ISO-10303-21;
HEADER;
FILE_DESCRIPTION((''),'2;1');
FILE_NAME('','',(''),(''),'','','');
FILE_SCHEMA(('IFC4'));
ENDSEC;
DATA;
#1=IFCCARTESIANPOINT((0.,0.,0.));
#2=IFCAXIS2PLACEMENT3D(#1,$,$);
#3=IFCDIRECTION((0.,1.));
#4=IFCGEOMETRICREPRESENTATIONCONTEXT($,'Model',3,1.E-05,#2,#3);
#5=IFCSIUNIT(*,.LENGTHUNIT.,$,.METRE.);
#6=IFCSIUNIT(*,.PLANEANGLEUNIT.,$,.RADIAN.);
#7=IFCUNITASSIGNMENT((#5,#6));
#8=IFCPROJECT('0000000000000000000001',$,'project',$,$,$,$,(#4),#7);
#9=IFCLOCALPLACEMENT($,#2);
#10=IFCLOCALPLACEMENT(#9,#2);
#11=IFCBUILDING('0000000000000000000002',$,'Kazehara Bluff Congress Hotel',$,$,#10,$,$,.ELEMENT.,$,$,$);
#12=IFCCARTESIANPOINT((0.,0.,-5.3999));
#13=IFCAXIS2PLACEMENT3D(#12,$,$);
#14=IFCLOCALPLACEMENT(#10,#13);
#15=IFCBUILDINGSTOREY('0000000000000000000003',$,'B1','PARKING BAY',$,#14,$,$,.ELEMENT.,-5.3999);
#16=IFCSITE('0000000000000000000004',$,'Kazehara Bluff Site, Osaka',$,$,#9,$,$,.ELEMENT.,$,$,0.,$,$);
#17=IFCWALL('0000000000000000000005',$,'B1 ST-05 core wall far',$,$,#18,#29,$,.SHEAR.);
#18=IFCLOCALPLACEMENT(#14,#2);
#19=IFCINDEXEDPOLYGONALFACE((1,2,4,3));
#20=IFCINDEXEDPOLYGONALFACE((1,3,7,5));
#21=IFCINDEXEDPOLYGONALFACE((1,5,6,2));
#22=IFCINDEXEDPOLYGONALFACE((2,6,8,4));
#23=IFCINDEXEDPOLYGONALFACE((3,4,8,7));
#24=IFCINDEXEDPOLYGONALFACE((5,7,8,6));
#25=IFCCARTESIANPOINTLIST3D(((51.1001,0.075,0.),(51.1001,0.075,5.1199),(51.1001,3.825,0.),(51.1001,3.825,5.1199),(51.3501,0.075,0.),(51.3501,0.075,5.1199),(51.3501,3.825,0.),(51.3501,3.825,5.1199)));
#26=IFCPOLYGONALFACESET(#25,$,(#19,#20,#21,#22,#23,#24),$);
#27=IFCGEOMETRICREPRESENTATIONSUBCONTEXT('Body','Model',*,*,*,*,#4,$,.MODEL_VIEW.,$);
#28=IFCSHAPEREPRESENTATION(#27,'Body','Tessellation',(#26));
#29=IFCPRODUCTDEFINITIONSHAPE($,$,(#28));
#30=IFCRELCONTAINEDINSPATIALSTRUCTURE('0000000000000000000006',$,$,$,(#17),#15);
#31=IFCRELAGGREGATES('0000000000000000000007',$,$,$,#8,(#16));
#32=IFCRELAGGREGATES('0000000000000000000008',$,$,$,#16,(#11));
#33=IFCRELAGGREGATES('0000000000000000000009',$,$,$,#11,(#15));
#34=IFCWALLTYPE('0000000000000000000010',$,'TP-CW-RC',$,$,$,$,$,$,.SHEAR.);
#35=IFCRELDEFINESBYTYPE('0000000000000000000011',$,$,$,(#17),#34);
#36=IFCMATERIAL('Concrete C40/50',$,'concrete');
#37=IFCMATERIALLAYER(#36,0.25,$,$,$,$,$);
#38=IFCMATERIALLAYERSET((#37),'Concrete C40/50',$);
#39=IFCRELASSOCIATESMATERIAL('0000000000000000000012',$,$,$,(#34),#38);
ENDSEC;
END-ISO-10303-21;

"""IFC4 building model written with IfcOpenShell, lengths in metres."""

from ifc_helpers import new_model, si_unit, direction, frame, frame_2d, origin, place, context, subcontext, project, spatial, rectangle, extrude, material, layer, layer_set, type_object, element, save


model = new_model("IFC4")

# Units and contexts
model_context = context("Model", 3, precision=1e-05, world=origin(), true_north=direction((0.0, 1.0)))
body_context = subcontext(model_context, "Body", "Model", "MODEL_VIEW")
ifc_project = project(units=[si_unit("LENGTHUNIT", "METRE"), si_unit("PLANEANGLEUNIT", "RADIAN")], contexts=[model_context])

# Site, building, storey
site_placement = place(None, origin())
site = spatial("IfcSite", under=ifc_project, at=site_placement, Name="Kazehara Bluff Site, Osaka", CompositionType="ELEMENT", RefElevation=0.0)
building_placement = place(site_placement, origin())
building = spatial("IfcBuilding", under=site, at=building_placement, Name="Kazehara Bluff Congress Hotel", CompositionType="ELEMENT")
storey_placement = place(building_placement, frame((0.0, 0.0, -5.3999)))
storey = spatial("IfcBuildingStorey", under=building, at=storey_placement, Name="B1", Description="PARKING BAY", CompositionType="ELEMENT", Elevation=-5.3999)

# Wall
ifc_material_1 = material(Name="Concrete C40/50", Category="concrete")
ifc_layer_1 = layer(ifc_material_1, 0.25)
ifc_layer_set_1 = layer_set([ifc_layer_1], Name="Concrete C40/50")
wall_type = type_object("IfcWallType", Name="TP-CW-RC", PredefinedType="SHEAR", material=ifc_layer_set_1)
wall_placement = place(storey_placement, frame((51.2251, 3.825, 0.0), z_axis=(0.0, 0.0, 1.0), x_axis=(0.0, -1.0, 0.0)))
element("IfcWall", 1, at=wall_placement, inside=storey, type_object=wall_type, Name="B1 ST-05 core wall far", PredefinedType="SHEAR", context=body_context, shape_type="SweptSolid", body=[
    extrude(rectangle(XDim=3.75, YDim=0.25, at=frame_2d((1.875, 0.0))), origin(), (0.0, 0.0, 1.0), 5.1199),
])

save(model, "model.ifc")
